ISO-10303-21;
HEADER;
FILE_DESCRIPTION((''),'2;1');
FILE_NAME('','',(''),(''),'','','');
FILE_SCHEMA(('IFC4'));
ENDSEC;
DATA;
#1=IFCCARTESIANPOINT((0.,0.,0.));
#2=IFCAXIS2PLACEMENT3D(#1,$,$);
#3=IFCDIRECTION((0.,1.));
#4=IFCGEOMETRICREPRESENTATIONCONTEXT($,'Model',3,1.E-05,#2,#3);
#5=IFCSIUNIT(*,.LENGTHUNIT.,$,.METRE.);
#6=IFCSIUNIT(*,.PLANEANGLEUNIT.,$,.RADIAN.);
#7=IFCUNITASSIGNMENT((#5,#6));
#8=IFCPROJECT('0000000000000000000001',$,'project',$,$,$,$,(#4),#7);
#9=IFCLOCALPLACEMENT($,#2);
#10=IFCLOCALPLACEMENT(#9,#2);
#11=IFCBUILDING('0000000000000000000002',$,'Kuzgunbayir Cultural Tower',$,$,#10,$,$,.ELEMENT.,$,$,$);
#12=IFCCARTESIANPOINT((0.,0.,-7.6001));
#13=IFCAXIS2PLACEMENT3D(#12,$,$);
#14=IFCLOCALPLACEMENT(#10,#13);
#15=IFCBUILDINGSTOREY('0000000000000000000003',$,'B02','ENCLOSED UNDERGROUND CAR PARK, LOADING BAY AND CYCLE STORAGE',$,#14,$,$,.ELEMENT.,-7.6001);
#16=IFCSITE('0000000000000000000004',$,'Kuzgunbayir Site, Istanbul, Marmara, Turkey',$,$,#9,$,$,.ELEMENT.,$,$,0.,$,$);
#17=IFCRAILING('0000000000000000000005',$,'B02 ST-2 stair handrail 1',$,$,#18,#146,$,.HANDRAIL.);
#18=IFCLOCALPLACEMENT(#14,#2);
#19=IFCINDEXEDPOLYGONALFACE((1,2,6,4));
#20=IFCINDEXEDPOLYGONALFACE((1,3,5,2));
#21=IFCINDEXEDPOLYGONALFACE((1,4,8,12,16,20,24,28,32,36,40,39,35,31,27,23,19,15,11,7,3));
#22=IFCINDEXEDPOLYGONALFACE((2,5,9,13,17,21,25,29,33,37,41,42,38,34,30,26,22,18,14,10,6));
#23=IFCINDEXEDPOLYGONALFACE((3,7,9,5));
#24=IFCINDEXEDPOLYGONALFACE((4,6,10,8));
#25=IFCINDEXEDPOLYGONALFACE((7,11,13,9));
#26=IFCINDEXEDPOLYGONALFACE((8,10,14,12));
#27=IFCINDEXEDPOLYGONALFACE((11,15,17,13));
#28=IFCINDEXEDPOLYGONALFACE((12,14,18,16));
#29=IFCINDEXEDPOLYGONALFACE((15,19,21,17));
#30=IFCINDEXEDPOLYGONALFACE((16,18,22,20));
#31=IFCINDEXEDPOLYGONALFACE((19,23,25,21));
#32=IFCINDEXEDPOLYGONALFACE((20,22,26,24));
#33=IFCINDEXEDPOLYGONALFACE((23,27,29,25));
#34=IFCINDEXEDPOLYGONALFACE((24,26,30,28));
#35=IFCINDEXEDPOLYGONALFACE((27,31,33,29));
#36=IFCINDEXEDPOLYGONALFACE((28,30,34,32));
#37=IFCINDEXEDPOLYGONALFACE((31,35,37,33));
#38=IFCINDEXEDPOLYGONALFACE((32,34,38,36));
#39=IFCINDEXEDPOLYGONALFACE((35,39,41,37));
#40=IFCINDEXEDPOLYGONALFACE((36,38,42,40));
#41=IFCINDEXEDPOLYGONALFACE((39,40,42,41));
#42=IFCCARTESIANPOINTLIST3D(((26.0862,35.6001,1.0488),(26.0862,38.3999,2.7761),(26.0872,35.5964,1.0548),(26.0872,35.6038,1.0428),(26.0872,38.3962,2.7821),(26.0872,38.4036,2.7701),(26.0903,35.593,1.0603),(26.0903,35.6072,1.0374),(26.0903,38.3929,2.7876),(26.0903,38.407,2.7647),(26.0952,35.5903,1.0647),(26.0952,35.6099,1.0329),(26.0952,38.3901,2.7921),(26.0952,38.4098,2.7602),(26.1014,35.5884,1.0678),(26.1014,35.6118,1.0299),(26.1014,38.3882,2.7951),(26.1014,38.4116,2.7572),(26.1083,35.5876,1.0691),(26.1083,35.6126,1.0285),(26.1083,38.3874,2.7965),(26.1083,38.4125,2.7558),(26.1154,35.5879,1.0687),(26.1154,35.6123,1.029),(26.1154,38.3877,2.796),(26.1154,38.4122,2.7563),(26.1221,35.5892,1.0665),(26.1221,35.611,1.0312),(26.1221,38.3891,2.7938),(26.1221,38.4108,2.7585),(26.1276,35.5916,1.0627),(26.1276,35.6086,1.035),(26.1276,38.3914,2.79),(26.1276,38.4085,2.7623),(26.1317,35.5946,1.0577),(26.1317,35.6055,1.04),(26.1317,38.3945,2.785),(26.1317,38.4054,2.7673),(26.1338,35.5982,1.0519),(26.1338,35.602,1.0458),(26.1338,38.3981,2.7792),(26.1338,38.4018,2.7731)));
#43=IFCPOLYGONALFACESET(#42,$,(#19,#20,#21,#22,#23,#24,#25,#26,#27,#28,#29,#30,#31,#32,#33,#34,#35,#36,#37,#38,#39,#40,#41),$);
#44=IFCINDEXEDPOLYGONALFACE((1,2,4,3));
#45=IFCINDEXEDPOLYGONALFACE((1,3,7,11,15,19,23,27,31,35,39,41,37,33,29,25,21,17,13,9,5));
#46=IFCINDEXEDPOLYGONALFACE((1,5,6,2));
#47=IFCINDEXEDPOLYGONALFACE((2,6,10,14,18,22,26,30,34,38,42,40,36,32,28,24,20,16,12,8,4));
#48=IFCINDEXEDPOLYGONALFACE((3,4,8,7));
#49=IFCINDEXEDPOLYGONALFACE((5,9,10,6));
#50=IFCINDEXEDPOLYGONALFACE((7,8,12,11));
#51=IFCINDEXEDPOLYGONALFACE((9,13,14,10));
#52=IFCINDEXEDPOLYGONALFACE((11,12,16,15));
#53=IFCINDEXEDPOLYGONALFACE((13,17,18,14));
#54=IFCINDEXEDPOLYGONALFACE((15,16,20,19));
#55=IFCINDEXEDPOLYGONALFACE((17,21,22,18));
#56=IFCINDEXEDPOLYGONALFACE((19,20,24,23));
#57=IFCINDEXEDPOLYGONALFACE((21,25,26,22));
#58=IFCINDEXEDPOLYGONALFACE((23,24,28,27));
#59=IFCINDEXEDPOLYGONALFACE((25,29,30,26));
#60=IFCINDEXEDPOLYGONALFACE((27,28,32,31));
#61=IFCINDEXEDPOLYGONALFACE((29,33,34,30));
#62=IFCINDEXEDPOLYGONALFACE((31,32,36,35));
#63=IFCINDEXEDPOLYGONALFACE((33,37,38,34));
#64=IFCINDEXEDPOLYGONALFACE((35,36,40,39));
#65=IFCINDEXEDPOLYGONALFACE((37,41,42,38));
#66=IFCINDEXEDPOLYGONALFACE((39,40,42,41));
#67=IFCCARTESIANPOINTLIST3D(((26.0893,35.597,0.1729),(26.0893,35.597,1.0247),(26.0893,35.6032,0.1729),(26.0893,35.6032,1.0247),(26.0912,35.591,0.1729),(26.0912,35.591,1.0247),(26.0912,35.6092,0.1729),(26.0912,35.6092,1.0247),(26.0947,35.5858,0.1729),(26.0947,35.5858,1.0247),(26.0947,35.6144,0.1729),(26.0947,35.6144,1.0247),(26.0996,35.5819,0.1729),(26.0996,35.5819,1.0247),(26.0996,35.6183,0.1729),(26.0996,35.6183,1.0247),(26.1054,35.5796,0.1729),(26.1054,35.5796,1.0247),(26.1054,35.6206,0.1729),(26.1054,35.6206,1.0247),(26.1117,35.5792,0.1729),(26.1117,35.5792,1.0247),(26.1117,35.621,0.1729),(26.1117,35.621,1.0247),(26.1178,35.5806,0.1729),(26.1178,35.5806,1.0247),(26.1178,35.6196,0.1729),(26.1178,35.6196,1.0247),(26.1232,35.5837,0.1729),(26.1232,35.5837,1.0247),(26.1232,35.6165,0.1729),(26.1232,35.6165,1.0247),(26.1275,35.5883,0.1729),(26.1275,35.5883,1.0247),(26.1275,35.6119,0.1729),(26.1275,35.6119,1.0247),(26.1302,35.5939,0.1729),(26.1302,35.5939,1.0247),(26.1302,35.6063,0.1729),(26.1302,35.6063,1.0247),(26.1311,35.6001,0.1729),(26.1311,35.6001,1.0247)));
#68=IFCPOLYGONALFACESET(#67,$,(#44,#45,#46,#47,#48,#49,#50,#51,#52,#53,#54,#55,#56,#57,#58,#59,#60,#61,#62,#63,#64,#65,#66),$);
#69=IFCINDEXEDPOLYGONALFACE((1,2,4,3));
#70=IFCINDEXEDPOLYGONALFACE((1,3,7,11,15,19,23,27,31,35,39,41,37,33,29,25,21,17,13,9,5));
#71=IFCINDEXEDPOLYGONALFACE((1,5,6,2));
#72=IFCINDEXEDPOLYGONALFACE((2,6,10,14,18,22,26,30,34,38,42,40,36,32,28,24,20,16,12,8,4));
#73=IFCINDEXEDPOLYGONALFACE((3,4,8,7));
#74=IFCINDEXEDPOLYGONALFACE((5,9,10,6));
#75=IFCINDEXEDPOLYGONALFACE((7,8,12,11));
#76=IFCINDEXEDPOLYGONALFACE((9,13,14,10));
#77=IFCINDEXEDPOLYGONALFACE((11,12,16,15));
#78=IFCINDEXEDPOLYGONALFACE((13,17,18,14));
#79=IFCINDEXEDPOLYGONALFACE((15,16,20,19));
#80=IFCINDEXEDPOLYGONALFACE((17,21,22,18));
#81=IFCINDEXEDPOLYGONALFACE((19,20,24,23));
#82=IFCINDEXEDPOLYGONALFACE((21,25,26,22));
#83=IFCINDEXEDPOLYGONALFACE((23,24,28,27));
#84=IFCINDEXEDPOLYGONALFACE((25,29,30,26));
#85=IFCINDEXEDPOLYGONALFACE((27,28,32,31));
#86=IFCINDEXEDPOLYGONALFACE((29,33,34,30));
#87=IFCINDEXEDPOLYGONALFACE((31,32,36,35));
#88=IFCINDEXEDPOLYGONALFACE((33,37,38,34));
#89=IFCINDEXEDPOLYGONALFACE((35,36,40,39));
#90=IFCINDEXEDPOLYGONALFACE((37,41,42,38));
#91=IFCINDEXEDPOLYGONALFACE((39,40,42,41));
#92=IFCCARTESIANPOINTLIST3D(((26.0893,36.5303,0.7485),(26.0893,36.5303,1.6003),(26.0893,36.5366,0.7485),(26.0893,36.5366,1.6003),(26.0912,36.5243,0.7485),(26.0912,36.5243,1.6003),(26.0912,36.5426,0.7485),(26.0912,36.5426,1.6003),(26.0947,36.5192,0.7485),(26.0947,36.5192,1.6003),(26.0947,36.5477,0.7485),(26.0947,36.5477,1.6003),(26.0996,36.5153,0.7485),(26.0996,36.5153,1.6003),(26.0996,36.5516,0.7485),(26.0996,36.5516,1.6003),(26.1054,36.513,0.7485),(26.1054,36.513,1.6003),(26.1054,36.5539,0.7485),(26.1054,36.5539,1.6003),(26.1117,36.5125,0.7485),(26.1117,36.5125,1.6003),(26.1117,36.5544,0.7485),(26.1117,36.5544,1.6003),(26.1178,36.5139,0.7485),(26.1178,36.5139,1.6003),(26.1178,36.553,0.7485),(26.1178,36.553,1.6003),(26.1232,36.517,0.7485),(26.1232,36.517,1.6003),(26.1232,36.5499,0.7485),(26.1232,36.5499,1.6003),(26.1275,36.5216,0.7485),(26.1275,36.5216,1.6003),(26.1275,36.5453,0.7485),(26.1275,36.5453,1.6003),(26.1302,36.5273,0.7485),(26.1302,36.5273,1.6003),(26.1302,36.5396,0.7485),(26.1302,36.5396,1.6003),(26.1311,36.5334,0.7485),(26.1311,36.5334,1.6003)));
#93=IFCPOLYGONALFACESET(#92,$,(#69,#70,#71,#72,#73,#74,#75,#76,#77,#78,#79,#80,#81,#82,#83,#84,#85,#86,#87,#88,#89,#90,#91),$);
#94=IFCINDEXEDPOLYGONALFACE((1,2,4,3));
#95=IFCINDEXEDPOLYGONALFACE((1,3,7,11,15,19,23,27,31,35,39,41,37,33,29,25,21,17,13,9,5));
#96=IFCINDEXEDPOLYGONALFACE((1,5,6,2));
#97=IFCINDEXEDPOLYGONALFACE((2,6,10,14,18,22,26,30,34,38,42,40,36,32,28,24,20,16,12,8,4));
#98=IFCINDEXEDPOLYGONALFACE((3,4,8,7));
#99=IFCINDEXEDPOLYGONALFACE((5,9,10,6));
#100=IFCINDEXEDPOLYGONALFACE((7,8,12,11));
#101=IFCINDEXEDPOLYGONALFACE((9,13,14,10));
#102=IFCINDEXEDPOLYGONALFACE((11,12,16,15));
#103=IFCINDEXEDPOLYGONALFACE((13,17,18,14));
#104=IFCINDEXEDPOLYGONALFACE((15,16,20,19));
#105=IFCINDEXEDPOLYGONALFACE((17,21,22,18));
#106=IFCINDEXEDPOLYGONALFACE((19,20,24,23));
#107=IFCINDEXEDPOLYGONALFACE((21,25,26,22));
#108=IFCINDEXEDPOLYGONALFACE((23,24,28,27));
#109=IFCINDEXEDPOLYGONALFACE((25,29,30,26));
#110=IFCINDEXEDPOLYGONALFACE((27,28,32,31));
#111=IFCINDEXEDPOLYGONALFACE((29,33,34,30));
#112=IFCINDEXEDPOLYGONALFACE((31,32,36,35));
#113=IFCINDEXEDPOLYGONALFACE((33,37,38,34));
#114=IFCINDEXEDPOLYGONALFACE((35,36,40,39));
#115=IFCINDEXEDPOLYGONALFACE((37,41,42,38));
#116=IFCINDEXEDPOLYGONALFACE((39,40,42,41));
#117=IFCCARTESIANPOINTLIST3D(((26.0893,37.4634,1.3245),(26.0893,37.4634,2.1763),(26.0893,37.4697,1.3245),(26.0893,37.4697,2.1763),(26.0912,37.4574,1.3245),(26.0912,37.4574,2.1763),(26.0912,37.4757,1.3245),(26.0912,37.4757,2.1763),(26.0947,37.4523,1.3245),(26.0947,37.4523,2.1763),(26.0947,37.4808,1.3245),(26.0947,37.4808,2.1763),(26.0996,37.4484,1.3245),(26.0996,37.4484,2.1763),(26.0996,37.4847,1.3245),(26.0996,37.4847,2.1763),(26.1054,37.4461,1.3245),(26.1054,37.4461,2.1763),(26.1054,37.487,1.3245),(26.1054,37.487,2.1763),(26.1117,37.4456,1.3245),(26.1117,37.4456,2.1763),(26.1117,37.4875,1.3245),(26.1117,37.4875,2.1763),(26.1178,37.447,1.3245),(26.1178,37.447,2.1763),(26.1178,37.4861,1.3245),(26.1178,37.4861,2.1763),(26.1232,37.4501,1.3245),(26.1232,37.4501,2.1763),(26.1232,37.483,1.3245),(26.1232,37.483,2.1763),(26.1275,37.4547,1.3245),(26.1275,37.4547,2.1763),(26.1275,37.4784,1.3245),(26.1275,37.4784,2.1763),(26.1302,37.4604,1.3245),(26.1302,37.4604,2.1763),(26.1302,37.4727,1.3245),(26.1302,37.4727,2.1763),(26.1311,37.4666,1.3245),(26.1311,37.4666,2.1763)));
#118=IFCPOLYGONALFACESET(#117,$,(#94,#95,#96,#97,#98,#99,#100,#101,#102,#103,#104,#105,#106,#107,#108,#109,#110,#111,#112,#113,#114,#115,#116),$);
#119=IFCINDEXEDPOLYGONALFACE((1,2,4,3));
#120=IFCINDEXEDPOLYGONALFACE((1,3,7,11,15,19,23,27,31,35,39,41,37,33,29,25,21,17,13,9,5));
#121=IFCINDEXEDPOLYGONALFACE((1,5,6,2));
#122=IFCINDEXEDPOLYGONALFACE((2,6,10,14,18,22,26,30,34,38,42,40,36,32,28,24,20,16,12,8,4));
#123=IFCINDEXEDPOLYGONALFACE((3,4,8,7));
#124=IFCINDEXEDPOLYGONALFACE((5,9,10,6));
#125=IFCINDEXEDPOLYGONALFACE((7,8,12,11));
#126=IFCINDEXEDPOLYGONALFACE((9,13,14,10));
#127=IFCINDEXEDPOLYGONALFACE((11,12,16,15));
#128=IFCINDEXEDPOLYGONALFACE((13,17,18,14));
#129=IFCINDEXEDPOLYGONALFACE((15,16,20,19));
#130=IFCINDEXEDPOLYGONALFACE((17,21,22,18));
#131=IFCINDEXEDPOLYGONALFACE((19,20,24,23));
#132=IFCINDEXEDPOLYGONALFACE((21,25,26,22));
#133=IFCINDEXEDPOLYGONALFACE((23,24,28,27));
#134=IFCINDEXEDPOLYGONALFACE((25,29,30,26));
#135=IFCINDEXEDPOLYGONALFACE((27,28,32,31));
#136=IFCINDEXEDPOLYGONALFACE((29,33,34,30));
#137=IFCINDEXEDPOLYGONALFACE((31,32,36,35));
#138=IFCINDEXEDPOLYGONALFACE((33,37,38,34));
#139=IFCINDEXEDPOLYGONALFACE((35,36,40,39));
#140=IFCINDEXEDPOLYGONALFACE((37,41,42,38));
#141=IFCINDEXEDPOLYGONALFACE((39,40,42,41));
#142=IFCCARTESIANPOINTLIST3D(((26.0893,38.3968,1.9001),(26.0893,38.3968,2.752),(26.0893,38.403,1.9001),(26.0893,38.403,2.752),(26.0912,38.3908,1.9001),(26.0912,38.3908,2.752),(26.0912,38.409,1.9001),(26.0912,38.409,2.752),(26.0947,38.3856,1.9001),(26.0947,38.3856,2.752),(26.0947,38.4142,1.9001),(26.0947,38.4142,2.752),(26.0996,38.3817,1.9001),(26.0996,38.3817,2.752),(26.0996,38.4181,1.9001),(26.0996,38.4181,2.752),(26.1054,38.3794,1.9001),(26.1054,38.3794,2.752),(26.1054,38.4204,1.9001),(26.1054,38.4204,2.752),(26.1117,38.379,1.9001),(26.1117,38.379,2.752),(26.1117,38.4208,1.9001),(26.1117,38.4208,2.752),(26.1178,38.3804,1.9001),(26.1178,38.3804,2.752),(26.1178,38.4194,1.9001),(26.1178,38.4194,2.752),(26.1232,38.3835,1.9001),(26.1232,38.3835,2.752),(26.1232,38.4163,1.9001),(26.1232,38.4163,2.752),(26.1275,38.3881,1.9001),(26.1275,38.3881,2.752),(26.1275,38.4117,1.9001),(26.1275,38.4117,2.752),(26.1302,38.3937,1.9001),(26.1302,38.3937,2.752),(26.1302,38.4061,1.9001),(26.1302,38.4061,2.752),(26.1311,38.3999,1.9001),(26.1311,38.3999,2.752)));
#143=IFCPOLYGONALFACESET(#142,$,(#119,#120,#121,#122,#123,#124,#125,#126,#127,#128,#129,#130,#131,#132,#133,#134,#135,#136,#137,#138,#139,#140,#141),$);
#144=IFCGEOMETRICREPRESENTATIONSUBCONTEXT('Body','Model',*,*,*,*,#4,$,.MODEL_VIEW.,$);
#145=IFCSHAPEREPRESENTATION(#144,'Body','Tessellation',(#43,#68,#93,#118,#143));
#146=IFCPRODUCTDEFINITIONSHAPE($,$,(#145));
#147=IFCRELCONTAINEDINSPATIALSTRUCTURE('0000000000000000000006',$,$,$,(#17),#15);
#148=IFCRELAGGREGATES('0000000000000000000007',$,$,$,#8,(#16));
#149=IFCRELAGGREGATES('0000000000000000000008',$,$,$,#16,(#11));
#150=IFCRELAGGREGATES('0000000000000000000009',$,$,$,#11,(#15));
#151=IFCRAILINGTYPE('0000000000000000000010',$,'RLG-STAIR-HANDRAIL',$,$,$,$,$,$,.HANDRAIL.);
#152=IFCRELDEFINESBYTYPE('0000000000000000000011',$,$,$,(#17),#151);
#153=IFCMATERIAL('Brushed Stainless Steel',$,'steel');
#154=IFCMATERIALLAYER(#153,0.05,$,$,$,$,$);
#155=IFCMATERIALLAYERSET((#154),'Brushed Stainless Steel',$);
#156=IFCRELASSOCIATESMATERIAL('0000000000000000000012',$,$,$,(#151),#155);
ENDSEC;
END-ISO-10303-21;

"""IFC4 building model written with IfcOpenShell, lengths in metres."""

from ifc_helpers import new_model, si_unit, direction, frame, origin, origin_2d, place, context, subcontext, project, spatial, circle, extrude, material, layer, layer_set, type_object, element, save


model = new_model("IFC4")

# Units and contexts
model_context = context("Model", 3, precision=1e-05, world=origin(), true_north=direction((0.0, 1.0)))
body_context = subcontext(model_context, "Body", "Model", "MODEL_VIEW")
ifc_project = project(units=[si_unit("LENGTHUNIT", "METRE"), si_unit("PLANEANGLEUNIT", "RADIAN")], contexts=[model_context])

# Site, building, storey
site_placement = place(None, origin())
site = spatial("IfcSite", under=ifc_project, at=site_placement, Name="Kuzgunbayir Site, Istanbul, Marmara, Turkey", CompositionType="ELEMENT", RefElevation=0.0)
building_placement = place(site_placement, origin())
building = spatial("IfcBuilding", under=site, at=building_placement, Name="Kuzgunbayir Cultural Tower", CompositionType="ELEMENT")
storey_placement = place(building_placement, frame((0.0, 0.0, -7.6001)))
storey = spatial("IfcBuildingStorey", under=building, at=storey_placement, Name="B02", Description="ENCLOSED UNDERGROUND CAR PARK, LOADING BAY AND CYCLE STORAGE", CompositionType="ELEMENT", Elevation=-7.6001)

# Shared definitions
ifc_material_1 = material(Name="Brushed Stainless Steel", Category="steel")

# Railing
ifc_layer_1 = layer(ifc_material_1, 0.05)
ifc_layer_set_1 = layer_set([ifc_layer_1], Name="Brushed Stainless Steel")
railing_type_1 = type_object("IfcRailingType", Name="RLG-STAIR-HANDRAIL", PredefinedType="HANDRAIL", material=ifc_layer_set_1)
railing_1_placement = place(storey_placement, frame((26.1101, 35.6001, 0.1729)))
element("IfcRailing", 1, at=railing_1_placement, inside=storey, type_object=railing_type_1, Name="B02 ST-2 stair handrail 1", PredefinedType="HANDRAIL", context=body_context, shape_type="SweptSolid", body=[
    extrude(circle(Radius=0.0239, at=origin_2d()), frame((0.0, 0.0, 0.876), z_axis=(0.0, 0.851069, 0.525054), x_axis=(-1.0, 0.0, 0.0)), (0.0, 0.0, 1.0), 3.2898),
    extrude(circle(Radius=0.021, at=origin_2d()), origin(), (0.0, 0.0, 1.0), 0.8518),
    extrude(circle(Radius=0.021, at=origin_2d()), frame((0.0, 0.9333, 0.5757)), (0.0, 0.0, 1.0), 0.8518),
    extrude(circle(Radius=0.021, at=origin_2d()), frame((0.0, 1.8665, 1.1516)), (0.0, 0.0, 1.0), 0.8518),
    extrude(circle(Radius=0.021, at=origin_2d()), frame((0.0, 2.7998, 1.7273)), (0.0, 0.0, 1.0), 0.8518),
])

save(model, "model.ifc")
